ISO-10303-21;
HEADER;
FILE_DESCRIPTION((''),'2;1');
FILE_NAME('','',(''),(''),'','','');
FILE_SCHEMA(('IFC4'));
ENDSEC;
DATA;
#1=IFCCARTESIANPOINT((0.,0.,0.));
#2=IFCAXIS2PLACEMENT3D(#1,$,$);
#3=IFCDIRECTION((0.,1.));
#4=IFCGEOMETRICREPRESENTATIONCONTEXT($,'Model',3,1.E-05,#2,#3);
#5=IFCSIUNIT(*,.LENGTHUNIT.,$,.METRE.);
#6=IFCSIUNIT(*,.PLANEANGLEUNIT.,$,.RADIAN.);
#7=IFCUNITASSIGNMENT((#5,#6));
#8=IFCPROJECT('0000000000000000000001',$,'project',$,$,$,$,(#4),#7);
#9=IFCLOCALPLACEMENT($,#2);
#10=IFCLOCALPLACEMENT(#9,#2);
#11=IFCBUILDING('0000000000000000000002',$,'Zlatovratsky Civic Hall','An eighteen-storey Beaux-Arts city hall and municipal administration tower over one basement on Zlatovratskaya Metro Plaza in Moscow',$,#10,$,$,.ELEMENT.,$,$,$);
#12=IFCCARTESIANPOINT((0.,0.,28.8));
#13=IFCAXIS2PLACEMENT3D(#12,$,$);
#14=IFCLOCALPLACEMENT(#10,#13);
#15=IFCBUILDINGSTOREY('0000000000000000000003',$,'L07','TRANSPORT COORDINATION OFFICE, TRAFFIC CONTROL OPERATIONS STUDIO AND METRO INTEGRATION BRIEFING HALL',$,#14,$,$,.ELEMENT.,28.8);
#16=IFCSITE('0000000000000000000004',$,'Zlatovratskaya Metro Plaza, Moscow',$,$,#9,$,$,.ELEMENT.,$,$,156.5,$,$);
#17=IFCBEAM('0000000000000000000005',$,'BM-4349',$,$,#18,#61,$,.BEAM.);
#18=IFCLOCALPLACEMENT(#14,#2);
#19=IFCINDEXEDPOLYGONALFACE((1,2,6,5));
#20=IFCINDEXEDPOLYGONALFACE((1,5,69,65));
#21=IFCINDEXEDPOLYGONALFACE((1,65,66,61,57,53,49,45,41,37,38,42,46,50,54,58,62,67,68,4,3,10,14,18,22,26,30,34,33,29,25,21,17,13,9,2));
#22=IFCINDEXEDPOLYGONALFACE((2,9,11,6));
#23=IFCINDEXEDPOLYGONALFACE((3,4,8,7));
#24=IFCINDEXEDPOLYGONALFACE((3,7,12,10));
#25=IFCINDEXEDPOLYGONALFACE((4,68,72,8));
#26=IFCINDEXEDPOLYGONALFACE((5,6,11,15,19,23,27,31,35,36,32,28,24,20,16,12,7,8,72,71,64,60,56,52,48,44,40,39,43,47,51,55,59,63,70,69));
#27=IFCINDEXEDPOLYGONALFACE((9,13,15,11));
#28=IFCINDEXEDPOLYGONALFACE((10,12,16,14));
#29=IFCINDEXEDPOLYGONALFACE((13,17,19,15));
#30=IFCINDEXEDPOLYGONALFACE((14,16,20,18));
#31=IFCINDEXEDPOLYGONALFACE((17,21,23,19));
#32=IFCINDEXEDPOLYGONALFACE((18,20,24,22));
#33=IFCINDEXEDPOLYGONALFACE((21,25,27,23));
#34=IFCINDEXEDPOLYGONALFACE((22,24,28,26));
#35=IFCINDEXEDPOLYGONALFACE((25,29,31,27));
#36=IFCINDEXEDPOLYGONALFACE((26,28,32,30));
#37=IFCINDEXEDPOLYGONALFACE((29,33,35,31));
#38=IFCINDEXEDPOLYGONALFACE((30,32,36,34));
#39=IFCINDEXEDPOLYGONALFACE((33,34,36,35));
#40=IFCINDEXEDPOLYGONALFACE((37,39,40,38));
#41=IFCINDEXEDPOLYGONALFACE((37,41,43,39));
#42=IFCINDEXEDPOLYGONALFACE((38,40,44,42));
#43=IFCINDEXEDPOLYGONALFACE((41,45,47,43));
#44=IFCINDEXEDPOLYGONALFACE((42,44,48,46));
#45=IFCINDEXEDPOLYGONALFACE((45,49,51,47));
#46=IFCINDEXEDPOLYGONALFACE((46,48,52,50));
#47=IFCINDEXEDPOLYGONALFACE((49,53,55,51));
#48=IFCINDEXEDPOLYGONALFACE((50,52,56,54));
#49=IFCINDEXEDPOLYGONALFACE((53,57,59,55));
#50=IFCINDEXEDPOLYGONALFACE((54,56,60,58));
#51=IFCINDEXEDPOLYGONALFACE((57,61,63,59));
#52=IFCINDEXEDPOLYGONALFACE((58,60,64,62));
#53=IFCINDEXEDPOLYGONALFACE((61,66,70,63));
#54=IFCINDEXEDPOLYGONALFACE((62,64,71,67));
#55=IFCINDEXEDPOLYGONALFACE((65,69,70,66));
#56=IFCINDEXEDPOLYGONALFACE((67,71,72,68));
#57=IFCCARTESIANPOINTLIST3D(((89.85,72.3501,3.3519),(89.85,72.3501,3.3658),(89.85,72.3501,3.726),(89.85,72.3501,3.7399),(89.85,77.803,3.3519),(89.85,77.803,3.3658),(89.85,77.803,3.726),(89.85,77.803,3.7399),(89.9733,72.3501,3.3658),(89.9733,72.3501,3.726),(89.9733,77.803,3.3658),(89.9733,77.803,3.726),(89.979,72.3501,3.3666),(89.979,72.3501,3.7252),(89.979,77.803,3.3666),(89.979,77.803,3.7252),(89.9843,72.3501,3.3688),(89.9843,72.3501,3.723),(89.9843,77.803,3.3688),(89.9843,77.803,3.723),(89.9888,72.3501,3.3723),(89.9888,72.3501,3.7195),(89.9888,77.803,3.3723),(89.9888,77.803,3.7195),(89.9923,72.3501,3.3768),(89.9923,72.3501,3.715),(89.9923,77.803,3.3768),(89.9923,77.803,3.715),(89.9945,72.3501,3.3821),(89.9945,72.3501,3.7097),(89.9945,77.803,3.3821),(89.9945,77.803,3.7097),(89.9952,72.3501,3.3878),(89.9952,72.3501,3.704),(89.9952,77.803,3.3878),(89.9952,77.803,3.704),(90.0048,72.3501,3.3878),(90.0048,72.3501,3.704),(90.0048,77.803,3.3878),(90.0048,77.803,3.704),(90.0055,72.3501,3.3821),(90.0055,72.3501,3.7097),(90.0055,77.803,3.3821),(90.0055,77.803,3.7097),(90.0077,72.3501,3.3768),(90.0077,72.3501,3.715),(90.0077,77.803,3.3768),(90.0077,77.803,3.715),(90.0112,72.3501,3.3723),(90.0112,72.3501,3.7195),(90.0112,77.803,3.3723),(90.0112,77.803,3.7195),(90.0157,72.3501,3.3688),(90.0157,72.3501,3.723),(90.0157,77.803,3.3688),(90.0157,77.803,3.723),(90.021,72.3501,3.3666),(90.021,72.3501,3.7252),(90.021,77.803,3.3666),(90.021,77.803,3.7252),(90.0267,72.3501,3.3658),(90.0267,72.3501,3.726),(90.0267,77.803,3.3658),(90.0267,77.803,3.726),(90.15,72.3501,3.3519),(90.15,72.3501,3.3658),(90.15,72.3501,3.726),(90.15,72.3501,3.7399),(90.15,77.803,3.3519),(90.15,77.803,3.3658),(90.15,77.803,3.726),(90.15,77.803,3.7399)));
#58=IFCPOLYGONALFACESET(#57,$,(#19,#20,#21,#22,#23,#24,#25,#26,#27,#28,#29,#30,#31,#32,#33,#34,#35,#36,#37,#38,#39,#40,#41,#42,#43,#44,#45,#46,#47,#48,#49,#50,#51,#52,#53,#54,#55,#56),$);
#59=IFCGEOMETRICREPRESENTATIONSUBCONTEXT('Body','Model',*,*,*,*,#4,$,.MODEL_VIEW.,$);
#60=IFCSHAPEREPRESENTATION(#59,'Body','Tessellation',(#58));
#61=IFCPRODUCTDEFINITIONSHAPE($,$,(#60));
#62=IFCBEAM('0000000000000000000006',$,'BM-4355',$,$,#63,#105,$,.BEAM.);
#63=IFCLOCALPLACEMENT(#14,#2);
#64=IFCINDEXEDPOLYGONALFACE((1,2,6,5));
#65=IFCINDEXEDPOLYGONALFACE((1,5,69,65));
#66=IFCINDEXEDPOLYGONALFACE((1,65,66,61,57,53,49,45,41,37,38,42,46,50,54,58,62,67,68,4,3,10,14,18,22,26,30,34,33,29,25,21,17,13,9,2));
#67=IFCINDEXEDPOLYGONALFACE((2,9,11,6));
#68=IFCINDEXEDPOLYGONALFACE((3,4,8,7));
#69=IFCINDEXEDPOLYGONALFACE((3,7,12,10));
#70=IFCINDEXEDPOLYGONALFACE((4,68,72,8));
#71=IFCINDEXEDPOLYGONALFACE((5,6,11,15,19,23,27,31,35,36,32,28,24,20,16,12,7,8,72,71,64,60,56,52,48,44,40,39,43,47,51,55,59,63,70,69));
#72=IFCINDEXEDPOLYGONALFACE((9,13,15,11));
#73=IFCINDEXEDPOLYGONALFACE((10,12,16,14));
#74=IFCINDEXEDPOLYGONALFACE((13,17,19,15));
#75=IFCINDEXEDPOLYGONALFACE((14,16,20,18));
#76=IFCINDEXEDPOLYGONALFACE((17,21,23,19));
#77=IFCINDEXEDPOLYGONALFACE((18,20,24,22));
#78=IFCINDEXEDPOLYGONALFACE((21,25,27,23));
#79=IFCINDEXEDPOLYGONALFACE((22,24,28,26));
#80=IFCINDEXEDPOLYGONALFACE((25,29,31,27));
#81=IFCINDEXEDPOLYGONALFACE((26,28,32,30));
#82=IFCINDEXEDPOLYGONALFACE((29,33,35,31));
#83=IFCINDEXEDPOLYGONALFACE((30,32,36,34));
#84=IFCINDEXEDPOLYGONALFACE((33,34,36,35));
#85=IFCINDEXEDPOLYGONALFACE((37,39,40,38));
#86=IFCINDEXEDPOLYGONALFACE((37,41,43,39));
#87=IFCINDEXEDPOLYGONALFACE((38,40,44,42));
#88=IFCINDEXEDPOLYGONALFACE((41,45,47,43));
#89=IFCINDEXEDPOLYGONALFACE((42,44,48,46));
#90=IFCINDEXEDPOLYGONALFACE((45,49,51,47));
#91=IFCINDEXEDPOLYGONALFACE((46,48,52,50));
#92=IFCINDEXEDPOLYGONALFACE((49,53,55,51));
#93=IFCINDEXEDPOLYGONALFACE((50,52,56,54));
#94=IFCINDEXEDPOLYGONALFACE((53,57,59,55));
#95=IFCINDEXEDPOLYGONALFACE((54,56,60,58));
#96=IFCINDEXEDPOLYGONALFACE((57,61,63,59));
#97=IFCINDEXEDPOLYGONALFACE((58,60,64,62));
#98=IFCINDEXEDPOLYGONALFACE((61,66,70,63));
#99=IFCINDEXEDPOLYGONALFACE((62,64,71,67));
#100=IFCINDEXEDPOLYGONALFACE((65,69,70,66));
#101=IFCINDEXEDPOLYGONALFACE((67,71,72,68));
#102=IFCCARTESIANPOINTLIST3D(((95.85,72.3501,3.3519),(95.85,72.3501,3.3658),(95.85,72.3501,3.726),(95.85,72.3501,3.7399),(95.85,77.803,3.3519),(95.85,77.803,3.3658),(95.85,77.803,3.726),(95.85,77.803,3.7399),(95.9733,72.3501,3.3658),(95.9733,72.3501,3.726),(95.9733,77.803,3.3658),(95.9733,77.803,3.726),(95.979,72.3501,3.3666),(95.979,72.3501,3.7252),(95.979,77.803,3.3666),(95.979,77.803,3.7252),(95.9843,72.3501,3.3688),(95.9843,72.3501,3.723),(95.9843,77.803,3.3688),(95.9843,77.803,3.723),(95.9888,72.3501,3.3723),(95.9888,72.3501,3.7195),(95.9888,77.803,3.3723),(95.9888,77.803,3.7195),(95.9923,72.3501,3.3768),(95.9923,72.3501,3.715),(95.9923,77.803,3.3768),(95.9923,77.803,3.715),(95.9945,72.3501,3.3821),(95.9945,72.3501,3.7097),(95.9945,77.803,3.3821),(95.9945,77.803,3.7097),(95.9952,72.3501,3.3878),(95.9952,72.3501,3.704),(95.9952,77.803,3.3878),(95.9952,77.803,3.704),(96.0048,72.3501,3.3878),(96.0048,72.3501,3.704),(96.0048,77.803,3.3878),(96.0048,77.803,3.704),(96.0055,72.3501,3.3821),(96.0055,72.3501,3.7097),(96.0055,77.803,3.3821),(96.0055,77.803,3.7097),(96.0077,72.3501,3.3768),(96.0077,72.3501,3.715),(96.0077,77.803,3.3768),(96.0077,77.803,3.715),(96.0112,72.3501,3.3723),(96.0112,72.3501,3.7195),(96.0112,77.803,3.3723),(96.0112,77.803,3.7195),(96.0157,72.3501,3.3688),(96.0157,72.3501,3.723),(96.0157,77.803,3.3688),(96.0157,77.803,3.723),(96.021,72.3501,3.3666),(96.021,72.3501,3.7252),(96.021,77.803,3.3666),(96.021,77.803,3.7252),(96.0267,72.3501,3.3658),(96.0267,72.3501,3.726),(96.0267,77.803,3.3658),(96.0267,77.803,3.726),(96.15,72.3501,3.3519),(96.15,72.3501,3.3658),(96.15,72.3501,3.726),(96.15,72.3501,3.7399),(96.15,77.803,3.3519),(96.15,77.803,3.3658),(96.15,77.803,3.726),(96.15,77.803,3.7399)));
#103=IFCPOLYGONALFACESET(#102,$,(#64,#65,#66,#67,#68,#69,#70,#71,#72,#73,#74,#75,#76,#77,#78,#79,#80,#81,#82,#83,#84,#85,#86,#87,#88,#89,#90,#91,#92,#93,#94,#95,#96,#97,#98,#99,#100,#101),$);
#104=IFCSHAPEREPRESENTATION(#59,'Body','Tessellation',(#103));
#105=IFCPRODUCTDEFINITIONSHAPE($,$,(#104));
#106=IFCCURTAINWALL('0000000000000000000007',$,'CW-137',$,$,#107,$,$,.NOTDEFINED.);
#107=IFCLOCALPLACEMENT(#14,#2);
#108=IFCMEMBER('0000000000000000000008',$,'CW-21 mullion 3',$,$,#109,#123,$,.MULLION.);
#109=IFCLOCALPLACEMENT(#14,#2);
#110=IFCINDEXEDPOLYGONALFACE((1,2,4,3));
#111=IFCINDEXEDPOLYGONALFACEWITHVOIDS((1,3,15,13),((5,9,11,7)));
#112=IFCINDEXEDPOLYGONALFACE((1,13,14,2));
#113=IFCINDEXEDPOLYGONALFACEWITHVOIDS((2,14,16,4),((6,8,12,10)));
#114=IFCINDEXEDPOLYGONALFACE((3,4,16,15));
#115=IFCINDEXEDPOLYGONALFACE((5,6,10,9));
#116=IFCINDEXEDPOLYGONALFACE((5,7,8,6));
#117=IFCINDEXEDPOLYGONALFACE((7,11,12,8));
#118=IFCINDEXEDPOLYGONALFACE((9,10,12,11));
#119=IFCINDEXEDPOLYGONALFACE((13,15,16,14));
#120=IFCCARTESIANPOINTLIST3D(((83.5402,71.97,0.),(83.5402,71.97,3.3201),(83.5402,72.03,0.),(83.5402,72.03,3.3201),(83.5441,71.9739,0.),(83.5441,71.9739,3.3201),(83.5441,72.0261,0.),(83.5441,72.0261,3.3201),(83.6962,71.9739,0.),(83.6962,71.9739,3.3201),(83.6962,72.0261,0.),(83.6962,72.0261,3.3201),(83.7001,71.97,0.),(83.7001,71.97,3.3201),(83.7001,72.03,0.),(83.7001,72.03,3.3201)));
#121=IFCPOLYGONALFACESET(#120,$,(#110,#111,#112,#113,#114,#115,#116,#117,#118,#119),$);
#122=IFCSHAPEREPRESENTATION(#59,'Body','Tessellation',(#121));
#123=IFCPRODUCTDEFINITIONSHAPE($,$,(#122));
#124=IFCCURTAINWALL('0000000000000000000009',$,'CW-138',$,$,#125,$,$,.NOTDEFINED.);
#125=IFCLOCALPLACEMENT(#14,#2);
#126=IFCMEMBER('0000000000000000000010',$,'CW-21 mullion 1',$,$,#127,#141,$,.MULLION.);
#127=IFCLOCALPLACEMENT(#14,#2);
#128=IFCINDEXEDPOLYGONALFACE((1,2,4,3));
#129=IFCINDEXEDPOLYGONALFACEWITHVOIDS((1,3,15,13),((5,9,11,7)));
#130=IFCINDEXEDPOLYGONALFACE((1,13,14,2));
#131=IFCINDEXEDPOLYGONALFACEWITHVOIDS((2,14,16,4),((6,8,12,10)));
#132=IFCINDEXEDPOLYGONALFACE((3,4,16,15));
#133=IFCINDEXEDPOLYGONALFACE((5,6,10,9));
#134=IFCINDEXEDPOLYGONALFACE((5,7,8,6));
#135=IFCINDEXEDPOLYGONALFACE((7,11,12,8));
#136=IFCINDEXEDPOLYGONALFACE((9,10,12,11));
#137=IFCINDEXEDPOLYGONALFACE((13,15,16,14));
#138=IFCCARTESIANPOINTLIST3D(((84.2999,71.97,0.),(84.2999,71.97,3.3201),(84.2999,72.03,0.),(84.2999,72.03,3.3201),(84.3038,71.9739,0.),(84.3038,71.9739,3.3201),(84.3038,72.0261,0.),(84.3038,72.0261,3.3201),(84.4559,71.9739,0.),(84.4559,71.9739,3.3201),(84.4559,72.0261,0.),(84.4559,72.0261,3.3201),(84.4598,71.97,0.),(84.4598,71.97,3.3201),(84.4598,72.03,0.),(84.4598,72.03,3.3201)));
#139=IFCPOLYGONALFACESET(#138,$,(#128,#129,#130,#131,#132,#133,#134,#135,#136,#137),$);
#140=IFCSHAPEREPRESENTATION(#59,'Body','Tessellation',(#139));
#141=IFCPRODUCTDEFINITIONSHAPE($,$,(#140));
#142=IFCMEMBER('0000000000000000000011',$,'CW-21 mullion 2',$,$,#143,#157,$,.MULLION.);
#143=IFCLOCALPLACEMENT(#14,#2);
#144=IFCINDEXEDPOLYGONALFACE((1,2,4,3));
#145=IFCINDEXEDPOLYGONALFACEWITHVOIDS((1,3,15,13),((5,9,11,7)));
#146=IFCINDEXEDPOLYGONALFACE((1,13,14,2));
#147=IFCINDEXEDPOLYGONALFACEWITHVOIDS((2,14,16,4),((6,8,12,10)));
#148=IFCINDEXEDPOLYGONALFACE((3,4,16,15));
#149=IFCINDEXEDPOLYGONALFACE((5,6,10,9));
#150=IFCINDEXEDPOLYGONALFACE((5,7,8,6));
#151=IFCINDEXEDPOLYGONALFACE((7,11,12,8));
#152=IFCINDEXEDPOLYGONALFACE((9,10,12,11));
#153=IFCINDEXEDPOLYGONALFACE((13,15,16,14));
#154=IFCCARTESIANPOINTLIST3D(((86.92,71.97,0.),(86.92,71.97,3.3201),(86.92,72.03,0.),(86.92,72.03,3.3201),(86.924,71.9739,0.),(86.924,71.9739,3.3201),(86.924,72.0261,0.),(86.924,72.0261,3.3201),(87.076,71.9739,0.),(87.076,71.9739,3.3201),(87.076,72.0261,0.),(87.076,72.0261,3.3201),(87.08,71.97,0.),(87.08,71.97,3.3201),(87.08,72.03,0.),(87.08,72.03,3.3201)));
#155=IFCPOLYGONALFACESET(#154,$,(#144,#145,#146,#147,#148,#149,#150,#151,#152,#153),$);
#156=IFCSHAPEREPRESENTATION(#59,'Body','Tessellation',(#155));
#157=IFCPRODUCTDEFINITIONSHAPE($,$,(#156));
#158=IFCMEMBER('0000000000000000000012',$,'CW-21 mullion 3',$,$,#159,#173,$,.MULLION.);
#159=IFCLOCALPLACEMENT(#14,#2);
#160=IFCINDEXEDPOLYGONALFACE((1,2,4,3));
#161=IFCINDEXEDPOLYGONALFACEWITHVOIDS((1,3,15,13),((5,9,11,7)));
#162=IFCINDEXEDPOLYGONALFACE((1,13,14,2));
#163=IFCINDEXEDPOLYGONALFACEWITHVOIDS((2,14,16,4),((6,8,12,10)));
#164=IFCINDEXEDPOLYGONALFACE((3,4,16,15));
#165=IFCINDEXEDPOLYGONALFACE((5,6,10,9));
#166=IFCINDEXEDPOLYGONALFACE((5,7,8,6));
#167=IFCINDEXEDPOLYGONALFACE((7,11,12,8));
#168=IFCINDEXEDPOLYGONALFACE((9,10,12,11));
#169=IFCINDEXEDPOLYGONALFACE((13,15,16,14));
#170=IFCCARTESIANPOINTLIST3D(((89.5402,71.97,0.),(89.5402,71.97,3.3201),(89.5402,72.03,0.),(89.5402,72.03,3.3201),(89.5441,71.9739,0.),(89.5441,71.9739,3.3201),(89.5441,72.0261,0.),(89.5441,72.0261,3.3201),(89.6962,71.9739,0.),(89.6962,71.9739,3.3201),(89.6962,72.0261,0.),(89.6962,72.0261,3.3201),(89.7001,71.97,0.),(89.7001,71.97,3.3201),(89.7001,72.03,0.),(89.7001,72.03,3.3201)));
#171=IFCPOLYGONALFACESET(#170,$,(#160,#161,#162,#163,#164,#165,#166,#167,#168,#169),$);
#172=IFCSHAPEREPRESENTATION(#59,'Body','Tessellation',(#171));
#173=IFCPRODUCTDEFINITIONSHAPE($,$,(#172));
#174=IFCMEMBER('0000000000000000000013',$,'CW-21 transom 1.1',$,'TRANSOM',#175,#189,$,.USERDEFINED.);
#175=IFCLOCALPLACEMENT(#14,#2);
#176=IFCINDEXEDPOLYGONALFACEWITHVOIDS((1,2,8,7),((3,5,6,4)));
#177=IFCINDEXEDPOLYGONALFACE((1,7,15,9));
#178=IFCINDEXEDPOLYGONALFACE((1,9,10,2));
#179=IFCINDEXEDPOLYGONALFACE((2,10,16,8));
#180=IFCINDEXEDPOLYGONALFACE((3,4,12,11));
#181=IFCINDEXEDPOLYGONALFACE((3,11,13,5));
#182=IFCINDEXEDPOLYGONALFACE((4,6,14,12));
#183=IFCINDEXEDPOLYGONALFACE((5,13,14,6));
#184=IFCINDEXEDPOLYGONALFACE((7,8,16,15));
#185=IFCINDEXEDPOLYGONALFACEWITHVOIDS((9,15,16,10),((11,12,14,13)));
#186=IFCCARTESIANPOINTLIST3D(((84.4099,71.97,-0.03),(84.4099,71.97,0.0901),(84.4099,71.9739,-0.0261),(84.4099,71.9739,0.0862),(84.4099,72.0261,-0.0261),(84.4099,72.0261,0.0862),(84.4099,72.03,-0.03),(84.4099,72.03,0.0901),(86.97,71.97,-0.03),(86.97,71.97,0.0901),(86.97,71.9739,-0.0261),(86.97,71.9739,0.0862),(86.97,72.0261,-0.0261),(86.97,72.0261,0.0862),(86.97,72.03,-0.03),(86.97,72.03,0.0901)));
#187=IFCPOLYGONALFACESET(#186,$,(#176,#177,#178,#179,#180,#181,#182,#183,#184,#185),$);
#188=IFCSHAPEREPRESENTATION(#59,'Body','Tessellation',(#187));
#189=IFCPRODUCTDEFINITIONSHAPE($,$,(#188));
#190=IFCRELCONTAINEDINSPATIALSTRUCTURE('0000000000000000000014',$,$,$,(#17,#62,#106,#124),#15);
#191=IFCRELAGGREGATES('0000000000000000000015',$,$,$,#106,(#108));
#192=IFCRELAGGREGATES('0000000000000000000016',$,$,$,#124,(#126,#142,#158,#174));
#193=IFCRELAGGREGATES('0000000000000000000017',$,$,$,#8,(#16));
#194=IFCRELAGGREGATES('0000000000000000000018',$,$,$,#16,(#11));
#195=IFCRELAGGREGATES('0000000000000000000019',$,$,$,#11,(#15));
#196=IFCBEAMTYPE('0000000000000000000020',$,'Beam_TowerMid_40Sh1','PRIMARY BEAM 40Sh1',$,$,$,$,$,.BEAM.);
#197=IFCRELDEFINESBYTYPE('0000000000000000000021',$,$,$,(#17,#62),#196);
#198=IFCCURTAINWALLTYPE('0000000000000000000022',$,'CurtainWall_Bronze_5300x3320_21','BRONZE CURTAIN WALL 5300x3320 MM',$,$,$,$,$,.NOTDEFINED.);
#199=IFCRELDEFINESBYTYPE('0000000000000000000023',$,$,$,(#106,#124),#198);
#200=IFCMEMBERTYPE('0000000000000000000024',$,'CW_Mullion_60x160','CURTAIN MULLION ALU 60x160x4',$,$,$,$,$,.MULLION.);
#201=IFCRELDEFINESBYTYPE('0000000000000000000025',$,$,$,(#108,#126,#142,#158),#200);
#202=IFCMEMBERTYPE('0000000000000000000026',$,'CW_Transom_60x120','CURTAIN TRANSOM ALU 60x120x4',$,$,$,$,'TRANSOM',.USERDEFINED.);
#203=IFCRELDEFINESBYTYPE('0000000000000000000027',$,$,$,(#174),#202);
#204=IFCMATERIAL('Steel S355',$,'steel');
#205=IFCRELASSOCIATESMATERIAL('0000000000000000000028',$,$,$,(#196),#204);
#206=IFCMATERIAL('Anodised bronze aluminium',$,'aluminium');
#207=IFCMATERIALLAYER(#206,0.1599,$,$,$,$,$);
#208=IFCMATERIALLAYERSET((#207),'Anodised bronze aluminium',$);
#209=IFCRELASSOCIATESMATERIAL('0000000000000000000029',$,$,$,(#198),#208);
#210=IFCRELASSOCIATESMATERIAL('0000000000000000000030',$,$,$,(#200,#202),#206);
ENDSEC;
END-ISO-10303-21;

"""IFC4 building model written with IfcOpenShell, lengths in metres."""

from ifc_helpers import new_model, si_unit, direction, frame, origin, origin_2d, place, context, subcontext, project, spatial, hollow_rectangle, i_section, extrude, material, layer, layer_set, material_profile, profile_set, type_object, element, aggregate, save


model = new_model("IFC4")

# Units and contexts
model_context = context("Model", 3, precision=1e-05, world=origin(), true_north=direction((0.0, 1.0)))
body_context = subcontext(model_context, "Body", "Model", "MODEL_VIEW")
ifc_project = project(units=[si_unit("LENGTHUNIT", "METRE"), si_unit("PLANEANGLEUNIT", "RADIAN")], contexts=[model_context])

# Site, building, storey
site_placement = place(None, origin())
site = spatial("IfcSite", under=ifc_project, at=site_placement, Name="Zlatovratskaya Metro Plaza, Moscow", CompositionType="ELEMENT", RefElevation=156.5)
building_placement = place(site_placement, origin())
building = spatial("IfcBuilding", under=site, at=building_placement, Name="Zlatovratsky Civic Hall", Description="An eighteen-storey Beaux-Arts city hall and municipal administration tower over one basement on Zlatovratskaya Metro Plaza in Moscow", CompositionType="ELEMENT")
storey_placement = place(building_placement, frame((0.0, 0.0, 28.8)))
storey = spatial("IfcBuildingStorey", under=building, at=storey_placement, Name="L07", Description="TRANSPORT COORDINATION OFFICE, TRAFFIC CONTROL OPERATIONS STUDIO AND METRO INTEGRATION BRIEFING HALL", CompositionType="ELEMENT", Elevation=28.8)

# Beams
ifc_material_1 = material(Name="Steel S355", Category="steel")
ifc_material_profile_1 = material_profile(ifc_material_1, i_section(OverallWidth=0.3, OverallDepth=0.3879, WebThickness=0.0095, FlangeThickness=0.0139, FilletRadius=0.022, at=origin_2d()), Name="40Sh1")
ifc_profile_set_1 = profile_set([ifc_material_profile_1], Name="Steel S355")
beam_type_1 = type_object("IfcBeamType", Name="Beam_TowerMid_40Sh1", Description="PRIMARY BEAM 40Sh1", PredefinedType="BEAM", material=ifc_profile_set_1)
for number, where, z_axis, x_axis, name in (
    (1, (90.0, 72.3501, 3.5459), (0.0, 1.0, 0.0), (-1.0, 0.0, 0.0), "BM-4349"),
    (2, (96.0, 72.3501, 3.5459), (0.0, 1.0, 0.0), (-1.0, 0.0, 0.0), "BM-4355"),
):
    element("IfcBeam", number, at=place(storey_placement, frame(where, z_axis=z_axis, x_axis=x_axis)), inside=storey, type_object=beam_type_1, Name=name, PredefinedType="BEAM", context=body_context, shape_type="SweptSolid", body=[
        extrude(i_section(OverallWidth=0.3, OverallDepth=0.3879, WebThickness=0.0095, FlangeThickness=0.0139, FilletRadius=0.022, at=origin_2d()), origin(), (0.0, 0.0, 1.0), 5.4529),
    ])

# Curtain wall, member
ifc_material_2 = material(Name="Anodised bronze aluminium", Category="aluminium")
ifc_layer_1 = layer(ifc_material_2, 0.1599)
ifc_layer_set_1 = layer_set([ifc_layer_1], Name="Anodised bronze aluminium")
curtain_wall_type = type_object("IfcCurtainWallType", Name="CurtainWall_Bronze_5300x3320_21", Description="BRONZE CURTAIN WALL 5300x3320 MM", PredefinedType="NOTDEFINED", material=ifc_layer_set_1)
curtain_wall_1_placement = place(storey_placement, origin())
curtain_wall_1 = element("IfcCurtainWall", 3, at=curtain_wall_1_placement, inside=storey, type_object=curtain_wall_type, Name="CW-137", PredefinedType="NOTDEFINED")
ifc_material_profile_2 = material_profile(ifc_material_2, hollow_rectangle(XDim=0.0601, YDim=0.1599, WallThickness=0.0039, at=origin_2d()), Name="ALU 60x160x4")
ifc_profile_set_2 = profile_set([ifc_material_profile_2], Name="Anodised bronze aluminium")
member_type_1 = type_object("IfcMemberType", Name="CW_Mullion_60x160", Description="CURTAIN MULLION ALU 60x160x4", PredefinedType="MULLION", material=ifc_profile_set_2)
member_1_placement = place(storey_placement, frame((83.6201, 72.0, 0.0), z_axis=(0.0, 0.0, 1.0), x_axis=(0.0, 1.0, 0.0)))
member_1 = element("IfcMember", 4, at=member_1_placement, type_object=member_type_1, Name="CW-21 mullion 3", PredefinedType="MULLION", context=body_context, shape_type="SweptSolid", body=[
    extrude(hollow_rectangle(XDim=0.0601, YDim=0.1599, WallThickness=0.0039, at=origin_2d()), origin(), (0.0, 0.0, 1.0), 3.3201),
])
aggregate(curtain_wall_1, [member_1])

# Curtain wall, members
curtain_wall_2_placement = place(storey_placement, origin())
curtain_wall_2 = element("IfcCurtainWall", 5, at=curtain_wall_2_placement, inside=storey, type_object=curtain_wall_type, Name="CW-138", PredefinedType="NOTDEFINED")
member_2_placement = place(storey_placement, frame((84.3799, 72.0, 0.0), z_axis=(0.0, 0.0, 1.0), x_axis=(0.0, 1.0, 0.0)))
member_2 = element("IfcMember", 6, at=member_2_placement, type_object=member_type_1, Name="CW-21 mullion 1", PredefinedType="MULLION", context=body_context, shape_type="SweptSolid", body=[
    extrude(hollow_rectangle(XDim=0.0601, YDim=0.1599, WallThickness=0.0039, at=origin_2d()), origin(), (0.0, 0.0, 1.0), 3.3201),
])
member_3_placement = place(storey_placement, frame((87.0, 72.0, 0.0), z_axis=(0.0, 0.0, 1.0), x_axis=(0.0, 1.0, 0.0)))
member_3 = element("IfcMember", 7, at=member_3_placement, type_object=member_type_1, Name="CW-21 mullion 2", PredefinedType="MULLION", context=body_context, shape_type="SweptSolid", body=[
    extrude(hollow_rectangle(XDim=0.0601, YDim=0.1599, WallThickness=0.0039, at=origin_2d()), origin(), (0.0, 0.0, 1.0), 3.3201),
])
member_4_placement = place(storey_placement, frame((89.6201, 72.0, 0.0), z_axis=(0.0, 0.0, 1.0), x_axis=(0.0, 1.0, 0.0)))
member_4 = element("IfcMember", 8, at=member_4_placement, type_object=member_type_1, Name="CW-21 mullion 3", PredefinedType="MULLION", context=body_context, shape_type="SweptSolid", body=[
    extrude(hollow_rectangle(XDim=0.0601, YDim=0.1599, WallThickness=0.0039, at=origin_2d()), origin(), (0.0, 0.0, 1.0), 3.3201),
])
ifc_material_profile_3 = material_profile(ifc_material_2, hollow_rectangle(XDim=0.0601, YDim=0.1201, WallThickness=0.0039, at=origin_2d()), Name="ALU 60x120x4")
ifc_profile_set_3 = profile_set([ifc_material_profile_3], Name="Anodised bronze aluminium")
member_type_2 = type_object("IfcMemberType", Name="CW_Transom_60x120", Description="CURTAIN TRANSOM ALU 60x120x4", ElementType="TRANSOM", PredefinedType="USERDEFINED", material=ifc_profile_set_3)
member_5_placement = place(storey_placement, frame((84.4099, 72.0, 0.03), z_axis=(1.0, 0.0, 0.0), x_axis=(0.0, 1.0, 0.0)))
member_5 = element("IfcMember", 9, at=member_5_placement, type_object=member_type_2, Name="CW-21 transom 1.1", ObjectType="TRANSOM", PredefinedType="USERDEFINED", context=body_context, shape_type="SweptSolid", body=[
    extrude(hollow_rectangle(XDim=0.0601, YDim=0.1201, WallThickness=0.0039, at=origin_2d()), origin(), (0.0, 0.0, 1.0), 2.5601),
])
aggregate(curtain_wall_2, [member_2, member_3, member_4, member_5])

save(model, "model.ifc")
